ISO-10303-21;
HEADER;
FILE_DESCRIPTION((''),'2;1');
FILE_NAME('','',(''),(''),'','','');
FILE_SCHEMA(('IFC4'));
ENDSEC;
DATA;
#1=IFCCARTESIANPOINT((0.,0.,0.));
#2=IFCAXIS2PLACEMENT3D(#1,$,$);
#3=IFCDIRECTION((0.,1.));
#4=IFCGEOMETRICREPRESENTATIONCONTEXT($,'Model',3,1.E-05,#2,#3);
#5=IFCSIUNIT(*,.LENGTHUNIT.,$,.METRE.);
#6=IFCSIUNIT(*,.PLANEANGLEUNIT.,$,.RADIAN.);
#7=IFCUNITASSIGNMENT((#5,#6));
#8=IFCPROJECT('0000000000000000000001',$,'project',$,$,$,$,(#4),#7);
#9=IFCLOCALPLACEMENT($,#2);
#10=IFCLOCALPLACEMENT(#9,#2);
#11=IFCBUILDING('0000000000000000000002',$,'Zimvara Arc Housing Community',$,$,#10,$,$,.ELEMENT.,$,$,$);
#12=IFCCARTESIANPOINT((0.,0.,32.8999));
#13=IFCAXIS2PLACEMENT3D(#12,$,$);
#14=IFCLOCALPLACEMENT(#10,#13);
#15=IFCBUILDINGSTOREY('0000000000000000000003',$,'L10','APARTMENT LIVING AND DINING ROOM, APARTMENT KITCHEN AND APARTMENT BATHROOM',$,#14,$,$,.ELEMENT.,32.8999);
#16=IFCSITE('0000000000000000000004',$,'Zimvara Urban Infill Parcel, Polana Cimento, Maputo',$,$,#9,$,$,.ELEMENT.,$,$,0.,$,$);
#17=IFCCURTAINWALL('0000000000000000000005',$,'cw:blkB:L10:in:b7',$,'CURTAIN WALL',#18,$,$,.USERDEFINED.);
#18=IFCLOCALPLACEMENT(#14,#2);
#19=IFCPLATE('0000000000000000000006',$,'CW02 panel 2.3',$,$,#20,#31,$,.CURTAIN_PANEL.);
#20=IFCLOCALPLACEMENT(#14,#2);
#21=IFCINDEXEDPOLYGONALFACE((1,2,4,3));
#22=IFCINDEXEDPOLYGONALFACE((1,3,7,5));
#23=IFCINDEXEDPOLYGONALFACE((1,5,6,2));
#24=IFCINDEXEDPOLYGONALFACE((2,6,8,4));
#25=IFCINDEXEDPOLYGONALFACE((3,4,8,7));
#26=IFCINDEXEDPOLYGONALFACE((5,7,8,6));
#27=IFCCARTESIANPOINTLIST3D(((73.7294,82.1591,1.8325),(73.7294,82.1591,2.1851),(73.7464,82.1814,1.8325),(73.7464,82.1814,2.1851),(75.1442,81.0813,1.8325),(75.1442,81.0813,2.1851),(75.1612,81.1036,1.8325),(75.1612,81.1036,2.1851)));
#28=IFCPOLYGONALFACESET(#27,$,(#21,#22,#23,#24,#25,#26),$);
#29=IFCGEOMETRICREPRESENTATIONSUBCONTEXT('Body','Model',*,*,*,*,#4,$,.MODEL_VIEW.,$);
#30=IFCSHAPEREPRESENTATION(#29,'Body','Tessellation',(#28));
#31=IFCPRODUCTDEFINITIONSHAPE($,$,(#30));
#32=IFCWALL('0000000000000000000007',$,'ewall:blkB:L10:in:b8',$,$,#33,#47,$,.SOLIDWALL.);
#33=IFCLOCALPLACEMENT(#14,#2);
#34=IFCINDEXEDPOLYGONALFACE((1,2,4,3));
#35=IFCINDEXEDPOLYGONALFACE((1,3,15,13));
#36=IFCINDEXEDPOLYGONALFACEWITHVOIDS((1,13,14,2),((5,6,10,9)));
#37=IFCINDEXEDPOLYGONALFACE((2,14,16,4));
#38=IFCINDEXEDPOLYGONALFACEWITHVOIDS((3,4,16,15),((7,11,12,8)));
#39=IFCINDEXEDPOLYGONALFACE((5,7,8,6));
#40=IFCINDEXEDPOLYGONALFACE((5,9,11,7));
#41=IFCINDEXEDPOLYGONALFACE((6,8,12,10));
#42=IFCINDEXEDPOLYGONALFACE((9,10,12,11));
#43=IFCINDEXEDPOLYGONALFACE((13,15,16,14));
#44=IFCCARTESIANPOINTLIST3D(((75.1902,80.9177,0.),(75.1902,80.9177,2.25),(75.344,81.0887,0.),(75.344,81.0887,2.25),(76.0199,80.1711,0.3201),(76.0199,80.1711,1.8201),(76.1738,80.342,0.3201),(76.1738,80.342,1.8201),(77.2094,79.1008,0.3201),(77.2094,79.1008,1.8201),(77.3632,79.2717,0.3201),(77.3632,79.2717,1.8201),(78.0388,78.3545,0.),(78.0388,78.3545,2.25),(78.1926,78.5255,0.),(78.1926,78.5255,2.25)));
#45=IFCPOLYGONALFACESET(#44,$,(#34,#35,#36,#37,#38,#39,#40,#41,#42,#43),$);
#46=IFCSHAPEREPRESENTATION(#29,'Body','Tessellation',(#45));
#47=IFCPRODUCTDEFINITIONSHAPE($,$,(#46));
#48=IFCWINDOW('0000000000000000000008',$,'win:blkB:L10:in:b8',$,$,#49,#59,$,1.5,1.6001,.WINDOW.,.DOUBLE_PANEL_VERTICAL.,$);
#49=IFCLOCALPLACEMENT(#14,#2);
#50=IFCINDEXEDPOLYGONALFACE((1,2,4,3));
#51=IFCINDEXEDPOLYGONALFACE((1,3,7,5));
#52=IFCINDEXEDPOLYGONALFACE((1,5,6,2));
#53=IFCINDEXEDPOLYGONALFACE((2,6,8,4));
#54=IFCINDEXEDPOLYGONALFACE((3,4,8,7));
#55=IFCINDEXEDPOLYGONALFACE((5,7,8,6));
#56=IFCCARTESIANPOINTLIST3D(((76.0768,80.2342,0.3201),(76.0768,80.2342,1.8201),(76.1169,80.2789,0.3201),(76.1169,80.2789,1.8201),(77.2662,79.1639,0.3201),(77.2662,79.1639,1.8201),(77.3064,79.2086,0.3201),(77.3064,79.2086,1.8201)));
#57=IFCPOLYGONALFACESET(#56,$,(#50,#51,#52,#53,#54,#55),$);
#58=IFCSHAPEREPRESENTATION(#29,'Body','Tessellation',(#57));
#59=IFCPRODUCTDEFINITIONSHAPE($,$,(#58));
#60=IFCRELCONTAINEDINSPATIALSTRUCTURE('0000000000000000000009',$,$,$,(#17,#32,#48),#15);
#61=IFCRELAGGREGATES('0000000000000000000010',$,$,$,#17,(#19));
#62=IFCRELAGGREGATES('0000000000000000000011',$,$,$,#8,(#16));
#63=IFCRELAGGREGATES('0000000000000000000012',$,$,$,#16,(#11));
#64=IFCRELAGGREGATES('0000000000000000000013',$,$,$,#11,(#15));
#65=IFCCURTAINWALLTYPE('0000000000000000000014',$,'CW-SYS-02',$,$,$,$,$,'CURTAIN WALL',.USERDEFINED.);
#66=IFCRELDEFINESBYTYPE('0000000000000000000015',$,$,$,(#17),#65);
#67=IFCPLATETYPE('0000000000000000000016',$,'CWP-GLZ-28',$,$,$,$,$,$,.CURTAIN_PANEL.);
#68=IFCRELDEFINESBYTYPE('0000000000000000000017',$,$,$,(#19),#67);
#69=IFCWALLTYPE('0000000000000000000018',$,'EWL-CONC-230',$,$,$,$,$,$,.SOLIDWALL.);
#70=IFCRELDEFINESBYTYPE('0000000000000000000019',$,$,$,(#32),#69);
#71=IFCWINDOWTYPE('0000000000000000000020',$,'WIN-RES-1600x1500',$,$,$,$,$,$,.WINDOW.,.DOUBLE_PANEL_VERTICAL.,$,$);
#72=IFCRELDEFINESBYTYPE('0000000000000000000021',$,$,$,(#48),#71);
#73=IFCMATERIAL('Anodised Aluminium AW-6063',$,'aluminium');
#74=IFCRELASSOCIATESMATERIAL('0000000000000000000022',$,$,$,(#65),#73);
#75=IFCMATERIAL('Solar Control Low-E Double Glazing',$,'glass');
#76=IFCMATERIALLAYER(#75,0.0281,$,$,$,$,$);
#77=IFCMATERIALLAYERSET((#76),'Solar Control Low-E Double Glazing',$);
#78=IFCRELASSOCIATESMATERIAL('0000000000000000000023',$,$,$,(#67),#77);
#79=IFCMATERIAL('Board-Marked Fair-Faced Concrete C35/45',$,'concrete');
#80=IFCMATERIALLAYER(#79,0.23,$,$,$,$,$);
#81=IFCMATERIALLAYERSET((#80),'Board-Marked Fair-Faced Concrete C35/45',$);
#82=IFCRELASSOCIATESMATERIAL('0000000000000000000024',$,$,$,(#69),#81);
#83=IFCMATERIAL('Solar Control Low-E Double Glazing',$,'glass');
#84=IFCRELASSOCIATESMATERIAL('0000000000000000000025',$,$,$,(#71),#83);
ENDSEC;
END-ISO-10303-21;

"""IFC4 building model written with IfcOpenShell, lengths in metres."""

from ifc_helpers import new_model, si_unit, direction, frame, frame_2d, origin, origin_2d, place, context, subcontext, project, spatial, rectangle, extrude, material, layer, layer_set, type_object, element, fill, aggregate, save


model = new_model("IFC4")

# Units and contexts
model_context = context("Model", 3, precision=1e-05, world=origin(), true_north=direction((0.0, 1.0)))
body_context = subcontext(model_context, "Body", "Model", "MODEL_VIEW")
ifc_project = project(units=[si_unit("LENGTHUNIT", "METRE"), si_unit("PLANEANGLEUNIT", "RADIAN")], contexts=[model_context])

# Site, building, storey
site_placement = place(None, origin())
site = spatial("IfcSite", under=ifc_project, at=site_placement, Name="Zimvara Urban Infill Parcel, Polana Cimento, Maputo", CompositionType="ELEMENT", RefElevation=0.0)
building_placement = place(site_placement, origin())
building = spatial("IfcBuilding", under=site, at=building_placement, Name="Zimvara Arc Housing Community", CompositionType="ELEMENT")
storey_placement = place(building_placement, frame((0.0, 0.0, 32.8999)))
storey = spatial("IfcBuildingStorey", under=building, at=storey_placement, Name="L10", Description="APARTMENT LIVING AND DINING ROOM, APARTMENT KITCHEN AND APARTMENT BATHROOM", CompositionType="ELEMENT", Elevation=32.8999)

# Curtain wall, plate
ifc_material_1 = material(Name="Anodised Aluminium AW-6063", Category="aluminium")
curtain_wall_type = type_object("IfcCurtainWallType", Name="CW-SYS-02", ElementType="CURTAIN WALL", PredefinedType="USERDEFINED", material=ifc_material_1)
curtain_wall_placement = place(storey_placement, origin())
curtain_wall = element("IfcCurtainWall", 1, at=curtain_wall_placement, inside=storey, type_object=curtain_wall_type, Name="cw:blkB:L10:in:b7", ObjectType="CURTAIN WALL", PredefinedType="USERDEFINED")
ifc_material_2 = material(Name="Solar Control Low-E Double Glazing", Category="glass")
ifc_layer_1 = layer(ifc_material_2, 0.0281)
ifc_layer_set_1 = layer_set([ifc_layer_1], Name="Solar Control Low-E Double Glazing")
plate_type = type_object("IfcPlateType", Name="CWP-GLZ-28", PredefinedType="CURTAIN_PANEL", material=ifc_layer_set_1)
plate_1_placement = place(storey_placement, frame((74.4453, 81.6313, 1.8325), z_axis=(0.0, 0.0, 1.0), x_axis=(0.795474, -0.605988, 0.0)))
plate_1 = element("IfcPlate", 2, at=plate_1_placement, type_object=plate_type, Name="CW02 panel 2.3", PredefinedType="CURTAIN_PANEL", context=body_context, shape_type="SweptSolid", body=[
    extrude(rectangle(XDim=1.7786, YDim=0.0281, at=origin_2d()), origin(), (0.0, 0.0, 1.0), 0.3525),
])
aggregate(curtain_wall, [plate_1])

# Wall, opening, window
ifc_material_3 = material(Name="Board-Marked Fair-Faced Concrete C35/45", Category="concrete")
ifc_layer_2 = layer(ifc_material_3, 0.23)
ifc_layer_set_2 = layer_set([ifc_layer_2], Name="Board-Marked Fair-Faced Concrete C35/45")
wall_type_1 = type_object("IfcWallType", Name="EWL-CONC-230", PredefinedType="SOLIDWALL", material=ifc_layer_set_2)
wall_1_placement = place(storey_placement, frame((75.2671, 81.0032, 0.0), z_axis=(0.0, 0.0, 1.0), x_axis=(0.743364, -0.668887, 0.0)))
wall_1 = element("IfcWall", 3, at=wall_1_placement, inside=storey, type_object=wall_type_1, Name="ewall:blkB:L10:in:b8", PredefinedType="SOLIDWALL", context=body_context, shape_type="SweptSolid", body=[
    extrude(rectangle(XDim=3.832, YDim=0.23, at=frame_2d((1.916, 0.0))), origin(), (0.0, 0.0, 1.0), 2.25),
])
opening_1_placement = place(wall_1_placement, frame((1.1162, 0.0, 0.3201)))
opening_1 = element("IfcOpeningElement", 4, at=opening_1_placement, cuts=wall_1, PredefinedType="OPENING", context=body_context, shape_type="SweptSolid", body=[
    extrude(rectangle(XDim=1.6001, YDim=1.5, at=frame_2d((0.8, 0.75))), frame((0.0, 0.125, 0.0), z_axis=(0.0, -1.0, 0.0), x_axis=(1.0, 0.0, 0.0)), (0.0, 0.0, 1.0), 0.25),
])
ifc_material_4 = material(Name="Solar Control Low-E Double Glazing", Category="glass")
window_type = type_object("IfcWindowType", Name="WIN-RES-1600x1500", PartitioningType="DOUBLE_PANEL_VERTICAL", PredefinedType="WINDOW", material=ifc_material_4)
window_placement = place(opening_1_placement, origin())
window = element("IfcWindow", 5, at=window_placement, inside=storey, type_object=window_type, Name="win:blkB:L10:in:b8", OverallHeight=1.5, OverallWidth=1.6001, PartitioningType="DOUBLE_PANEL_VERTICAL", PredefinedType="WINDOW", context=body_context, shape_type="SweptSolid", body=[
    extrude(rectangle(XDim=1.6001, YDim=1.5, at=frame_2d((0.8, 0.75))), frame((0.0, 0.03, 0.0), z_axis=(0.0, -1.0, 0.0), x_axis=(1.0, 0.0, 0.0)), (0.0, 0.0, 1.0), 0.0601),
])
fill(opening_1, window)

save(model, "model.ifc")
